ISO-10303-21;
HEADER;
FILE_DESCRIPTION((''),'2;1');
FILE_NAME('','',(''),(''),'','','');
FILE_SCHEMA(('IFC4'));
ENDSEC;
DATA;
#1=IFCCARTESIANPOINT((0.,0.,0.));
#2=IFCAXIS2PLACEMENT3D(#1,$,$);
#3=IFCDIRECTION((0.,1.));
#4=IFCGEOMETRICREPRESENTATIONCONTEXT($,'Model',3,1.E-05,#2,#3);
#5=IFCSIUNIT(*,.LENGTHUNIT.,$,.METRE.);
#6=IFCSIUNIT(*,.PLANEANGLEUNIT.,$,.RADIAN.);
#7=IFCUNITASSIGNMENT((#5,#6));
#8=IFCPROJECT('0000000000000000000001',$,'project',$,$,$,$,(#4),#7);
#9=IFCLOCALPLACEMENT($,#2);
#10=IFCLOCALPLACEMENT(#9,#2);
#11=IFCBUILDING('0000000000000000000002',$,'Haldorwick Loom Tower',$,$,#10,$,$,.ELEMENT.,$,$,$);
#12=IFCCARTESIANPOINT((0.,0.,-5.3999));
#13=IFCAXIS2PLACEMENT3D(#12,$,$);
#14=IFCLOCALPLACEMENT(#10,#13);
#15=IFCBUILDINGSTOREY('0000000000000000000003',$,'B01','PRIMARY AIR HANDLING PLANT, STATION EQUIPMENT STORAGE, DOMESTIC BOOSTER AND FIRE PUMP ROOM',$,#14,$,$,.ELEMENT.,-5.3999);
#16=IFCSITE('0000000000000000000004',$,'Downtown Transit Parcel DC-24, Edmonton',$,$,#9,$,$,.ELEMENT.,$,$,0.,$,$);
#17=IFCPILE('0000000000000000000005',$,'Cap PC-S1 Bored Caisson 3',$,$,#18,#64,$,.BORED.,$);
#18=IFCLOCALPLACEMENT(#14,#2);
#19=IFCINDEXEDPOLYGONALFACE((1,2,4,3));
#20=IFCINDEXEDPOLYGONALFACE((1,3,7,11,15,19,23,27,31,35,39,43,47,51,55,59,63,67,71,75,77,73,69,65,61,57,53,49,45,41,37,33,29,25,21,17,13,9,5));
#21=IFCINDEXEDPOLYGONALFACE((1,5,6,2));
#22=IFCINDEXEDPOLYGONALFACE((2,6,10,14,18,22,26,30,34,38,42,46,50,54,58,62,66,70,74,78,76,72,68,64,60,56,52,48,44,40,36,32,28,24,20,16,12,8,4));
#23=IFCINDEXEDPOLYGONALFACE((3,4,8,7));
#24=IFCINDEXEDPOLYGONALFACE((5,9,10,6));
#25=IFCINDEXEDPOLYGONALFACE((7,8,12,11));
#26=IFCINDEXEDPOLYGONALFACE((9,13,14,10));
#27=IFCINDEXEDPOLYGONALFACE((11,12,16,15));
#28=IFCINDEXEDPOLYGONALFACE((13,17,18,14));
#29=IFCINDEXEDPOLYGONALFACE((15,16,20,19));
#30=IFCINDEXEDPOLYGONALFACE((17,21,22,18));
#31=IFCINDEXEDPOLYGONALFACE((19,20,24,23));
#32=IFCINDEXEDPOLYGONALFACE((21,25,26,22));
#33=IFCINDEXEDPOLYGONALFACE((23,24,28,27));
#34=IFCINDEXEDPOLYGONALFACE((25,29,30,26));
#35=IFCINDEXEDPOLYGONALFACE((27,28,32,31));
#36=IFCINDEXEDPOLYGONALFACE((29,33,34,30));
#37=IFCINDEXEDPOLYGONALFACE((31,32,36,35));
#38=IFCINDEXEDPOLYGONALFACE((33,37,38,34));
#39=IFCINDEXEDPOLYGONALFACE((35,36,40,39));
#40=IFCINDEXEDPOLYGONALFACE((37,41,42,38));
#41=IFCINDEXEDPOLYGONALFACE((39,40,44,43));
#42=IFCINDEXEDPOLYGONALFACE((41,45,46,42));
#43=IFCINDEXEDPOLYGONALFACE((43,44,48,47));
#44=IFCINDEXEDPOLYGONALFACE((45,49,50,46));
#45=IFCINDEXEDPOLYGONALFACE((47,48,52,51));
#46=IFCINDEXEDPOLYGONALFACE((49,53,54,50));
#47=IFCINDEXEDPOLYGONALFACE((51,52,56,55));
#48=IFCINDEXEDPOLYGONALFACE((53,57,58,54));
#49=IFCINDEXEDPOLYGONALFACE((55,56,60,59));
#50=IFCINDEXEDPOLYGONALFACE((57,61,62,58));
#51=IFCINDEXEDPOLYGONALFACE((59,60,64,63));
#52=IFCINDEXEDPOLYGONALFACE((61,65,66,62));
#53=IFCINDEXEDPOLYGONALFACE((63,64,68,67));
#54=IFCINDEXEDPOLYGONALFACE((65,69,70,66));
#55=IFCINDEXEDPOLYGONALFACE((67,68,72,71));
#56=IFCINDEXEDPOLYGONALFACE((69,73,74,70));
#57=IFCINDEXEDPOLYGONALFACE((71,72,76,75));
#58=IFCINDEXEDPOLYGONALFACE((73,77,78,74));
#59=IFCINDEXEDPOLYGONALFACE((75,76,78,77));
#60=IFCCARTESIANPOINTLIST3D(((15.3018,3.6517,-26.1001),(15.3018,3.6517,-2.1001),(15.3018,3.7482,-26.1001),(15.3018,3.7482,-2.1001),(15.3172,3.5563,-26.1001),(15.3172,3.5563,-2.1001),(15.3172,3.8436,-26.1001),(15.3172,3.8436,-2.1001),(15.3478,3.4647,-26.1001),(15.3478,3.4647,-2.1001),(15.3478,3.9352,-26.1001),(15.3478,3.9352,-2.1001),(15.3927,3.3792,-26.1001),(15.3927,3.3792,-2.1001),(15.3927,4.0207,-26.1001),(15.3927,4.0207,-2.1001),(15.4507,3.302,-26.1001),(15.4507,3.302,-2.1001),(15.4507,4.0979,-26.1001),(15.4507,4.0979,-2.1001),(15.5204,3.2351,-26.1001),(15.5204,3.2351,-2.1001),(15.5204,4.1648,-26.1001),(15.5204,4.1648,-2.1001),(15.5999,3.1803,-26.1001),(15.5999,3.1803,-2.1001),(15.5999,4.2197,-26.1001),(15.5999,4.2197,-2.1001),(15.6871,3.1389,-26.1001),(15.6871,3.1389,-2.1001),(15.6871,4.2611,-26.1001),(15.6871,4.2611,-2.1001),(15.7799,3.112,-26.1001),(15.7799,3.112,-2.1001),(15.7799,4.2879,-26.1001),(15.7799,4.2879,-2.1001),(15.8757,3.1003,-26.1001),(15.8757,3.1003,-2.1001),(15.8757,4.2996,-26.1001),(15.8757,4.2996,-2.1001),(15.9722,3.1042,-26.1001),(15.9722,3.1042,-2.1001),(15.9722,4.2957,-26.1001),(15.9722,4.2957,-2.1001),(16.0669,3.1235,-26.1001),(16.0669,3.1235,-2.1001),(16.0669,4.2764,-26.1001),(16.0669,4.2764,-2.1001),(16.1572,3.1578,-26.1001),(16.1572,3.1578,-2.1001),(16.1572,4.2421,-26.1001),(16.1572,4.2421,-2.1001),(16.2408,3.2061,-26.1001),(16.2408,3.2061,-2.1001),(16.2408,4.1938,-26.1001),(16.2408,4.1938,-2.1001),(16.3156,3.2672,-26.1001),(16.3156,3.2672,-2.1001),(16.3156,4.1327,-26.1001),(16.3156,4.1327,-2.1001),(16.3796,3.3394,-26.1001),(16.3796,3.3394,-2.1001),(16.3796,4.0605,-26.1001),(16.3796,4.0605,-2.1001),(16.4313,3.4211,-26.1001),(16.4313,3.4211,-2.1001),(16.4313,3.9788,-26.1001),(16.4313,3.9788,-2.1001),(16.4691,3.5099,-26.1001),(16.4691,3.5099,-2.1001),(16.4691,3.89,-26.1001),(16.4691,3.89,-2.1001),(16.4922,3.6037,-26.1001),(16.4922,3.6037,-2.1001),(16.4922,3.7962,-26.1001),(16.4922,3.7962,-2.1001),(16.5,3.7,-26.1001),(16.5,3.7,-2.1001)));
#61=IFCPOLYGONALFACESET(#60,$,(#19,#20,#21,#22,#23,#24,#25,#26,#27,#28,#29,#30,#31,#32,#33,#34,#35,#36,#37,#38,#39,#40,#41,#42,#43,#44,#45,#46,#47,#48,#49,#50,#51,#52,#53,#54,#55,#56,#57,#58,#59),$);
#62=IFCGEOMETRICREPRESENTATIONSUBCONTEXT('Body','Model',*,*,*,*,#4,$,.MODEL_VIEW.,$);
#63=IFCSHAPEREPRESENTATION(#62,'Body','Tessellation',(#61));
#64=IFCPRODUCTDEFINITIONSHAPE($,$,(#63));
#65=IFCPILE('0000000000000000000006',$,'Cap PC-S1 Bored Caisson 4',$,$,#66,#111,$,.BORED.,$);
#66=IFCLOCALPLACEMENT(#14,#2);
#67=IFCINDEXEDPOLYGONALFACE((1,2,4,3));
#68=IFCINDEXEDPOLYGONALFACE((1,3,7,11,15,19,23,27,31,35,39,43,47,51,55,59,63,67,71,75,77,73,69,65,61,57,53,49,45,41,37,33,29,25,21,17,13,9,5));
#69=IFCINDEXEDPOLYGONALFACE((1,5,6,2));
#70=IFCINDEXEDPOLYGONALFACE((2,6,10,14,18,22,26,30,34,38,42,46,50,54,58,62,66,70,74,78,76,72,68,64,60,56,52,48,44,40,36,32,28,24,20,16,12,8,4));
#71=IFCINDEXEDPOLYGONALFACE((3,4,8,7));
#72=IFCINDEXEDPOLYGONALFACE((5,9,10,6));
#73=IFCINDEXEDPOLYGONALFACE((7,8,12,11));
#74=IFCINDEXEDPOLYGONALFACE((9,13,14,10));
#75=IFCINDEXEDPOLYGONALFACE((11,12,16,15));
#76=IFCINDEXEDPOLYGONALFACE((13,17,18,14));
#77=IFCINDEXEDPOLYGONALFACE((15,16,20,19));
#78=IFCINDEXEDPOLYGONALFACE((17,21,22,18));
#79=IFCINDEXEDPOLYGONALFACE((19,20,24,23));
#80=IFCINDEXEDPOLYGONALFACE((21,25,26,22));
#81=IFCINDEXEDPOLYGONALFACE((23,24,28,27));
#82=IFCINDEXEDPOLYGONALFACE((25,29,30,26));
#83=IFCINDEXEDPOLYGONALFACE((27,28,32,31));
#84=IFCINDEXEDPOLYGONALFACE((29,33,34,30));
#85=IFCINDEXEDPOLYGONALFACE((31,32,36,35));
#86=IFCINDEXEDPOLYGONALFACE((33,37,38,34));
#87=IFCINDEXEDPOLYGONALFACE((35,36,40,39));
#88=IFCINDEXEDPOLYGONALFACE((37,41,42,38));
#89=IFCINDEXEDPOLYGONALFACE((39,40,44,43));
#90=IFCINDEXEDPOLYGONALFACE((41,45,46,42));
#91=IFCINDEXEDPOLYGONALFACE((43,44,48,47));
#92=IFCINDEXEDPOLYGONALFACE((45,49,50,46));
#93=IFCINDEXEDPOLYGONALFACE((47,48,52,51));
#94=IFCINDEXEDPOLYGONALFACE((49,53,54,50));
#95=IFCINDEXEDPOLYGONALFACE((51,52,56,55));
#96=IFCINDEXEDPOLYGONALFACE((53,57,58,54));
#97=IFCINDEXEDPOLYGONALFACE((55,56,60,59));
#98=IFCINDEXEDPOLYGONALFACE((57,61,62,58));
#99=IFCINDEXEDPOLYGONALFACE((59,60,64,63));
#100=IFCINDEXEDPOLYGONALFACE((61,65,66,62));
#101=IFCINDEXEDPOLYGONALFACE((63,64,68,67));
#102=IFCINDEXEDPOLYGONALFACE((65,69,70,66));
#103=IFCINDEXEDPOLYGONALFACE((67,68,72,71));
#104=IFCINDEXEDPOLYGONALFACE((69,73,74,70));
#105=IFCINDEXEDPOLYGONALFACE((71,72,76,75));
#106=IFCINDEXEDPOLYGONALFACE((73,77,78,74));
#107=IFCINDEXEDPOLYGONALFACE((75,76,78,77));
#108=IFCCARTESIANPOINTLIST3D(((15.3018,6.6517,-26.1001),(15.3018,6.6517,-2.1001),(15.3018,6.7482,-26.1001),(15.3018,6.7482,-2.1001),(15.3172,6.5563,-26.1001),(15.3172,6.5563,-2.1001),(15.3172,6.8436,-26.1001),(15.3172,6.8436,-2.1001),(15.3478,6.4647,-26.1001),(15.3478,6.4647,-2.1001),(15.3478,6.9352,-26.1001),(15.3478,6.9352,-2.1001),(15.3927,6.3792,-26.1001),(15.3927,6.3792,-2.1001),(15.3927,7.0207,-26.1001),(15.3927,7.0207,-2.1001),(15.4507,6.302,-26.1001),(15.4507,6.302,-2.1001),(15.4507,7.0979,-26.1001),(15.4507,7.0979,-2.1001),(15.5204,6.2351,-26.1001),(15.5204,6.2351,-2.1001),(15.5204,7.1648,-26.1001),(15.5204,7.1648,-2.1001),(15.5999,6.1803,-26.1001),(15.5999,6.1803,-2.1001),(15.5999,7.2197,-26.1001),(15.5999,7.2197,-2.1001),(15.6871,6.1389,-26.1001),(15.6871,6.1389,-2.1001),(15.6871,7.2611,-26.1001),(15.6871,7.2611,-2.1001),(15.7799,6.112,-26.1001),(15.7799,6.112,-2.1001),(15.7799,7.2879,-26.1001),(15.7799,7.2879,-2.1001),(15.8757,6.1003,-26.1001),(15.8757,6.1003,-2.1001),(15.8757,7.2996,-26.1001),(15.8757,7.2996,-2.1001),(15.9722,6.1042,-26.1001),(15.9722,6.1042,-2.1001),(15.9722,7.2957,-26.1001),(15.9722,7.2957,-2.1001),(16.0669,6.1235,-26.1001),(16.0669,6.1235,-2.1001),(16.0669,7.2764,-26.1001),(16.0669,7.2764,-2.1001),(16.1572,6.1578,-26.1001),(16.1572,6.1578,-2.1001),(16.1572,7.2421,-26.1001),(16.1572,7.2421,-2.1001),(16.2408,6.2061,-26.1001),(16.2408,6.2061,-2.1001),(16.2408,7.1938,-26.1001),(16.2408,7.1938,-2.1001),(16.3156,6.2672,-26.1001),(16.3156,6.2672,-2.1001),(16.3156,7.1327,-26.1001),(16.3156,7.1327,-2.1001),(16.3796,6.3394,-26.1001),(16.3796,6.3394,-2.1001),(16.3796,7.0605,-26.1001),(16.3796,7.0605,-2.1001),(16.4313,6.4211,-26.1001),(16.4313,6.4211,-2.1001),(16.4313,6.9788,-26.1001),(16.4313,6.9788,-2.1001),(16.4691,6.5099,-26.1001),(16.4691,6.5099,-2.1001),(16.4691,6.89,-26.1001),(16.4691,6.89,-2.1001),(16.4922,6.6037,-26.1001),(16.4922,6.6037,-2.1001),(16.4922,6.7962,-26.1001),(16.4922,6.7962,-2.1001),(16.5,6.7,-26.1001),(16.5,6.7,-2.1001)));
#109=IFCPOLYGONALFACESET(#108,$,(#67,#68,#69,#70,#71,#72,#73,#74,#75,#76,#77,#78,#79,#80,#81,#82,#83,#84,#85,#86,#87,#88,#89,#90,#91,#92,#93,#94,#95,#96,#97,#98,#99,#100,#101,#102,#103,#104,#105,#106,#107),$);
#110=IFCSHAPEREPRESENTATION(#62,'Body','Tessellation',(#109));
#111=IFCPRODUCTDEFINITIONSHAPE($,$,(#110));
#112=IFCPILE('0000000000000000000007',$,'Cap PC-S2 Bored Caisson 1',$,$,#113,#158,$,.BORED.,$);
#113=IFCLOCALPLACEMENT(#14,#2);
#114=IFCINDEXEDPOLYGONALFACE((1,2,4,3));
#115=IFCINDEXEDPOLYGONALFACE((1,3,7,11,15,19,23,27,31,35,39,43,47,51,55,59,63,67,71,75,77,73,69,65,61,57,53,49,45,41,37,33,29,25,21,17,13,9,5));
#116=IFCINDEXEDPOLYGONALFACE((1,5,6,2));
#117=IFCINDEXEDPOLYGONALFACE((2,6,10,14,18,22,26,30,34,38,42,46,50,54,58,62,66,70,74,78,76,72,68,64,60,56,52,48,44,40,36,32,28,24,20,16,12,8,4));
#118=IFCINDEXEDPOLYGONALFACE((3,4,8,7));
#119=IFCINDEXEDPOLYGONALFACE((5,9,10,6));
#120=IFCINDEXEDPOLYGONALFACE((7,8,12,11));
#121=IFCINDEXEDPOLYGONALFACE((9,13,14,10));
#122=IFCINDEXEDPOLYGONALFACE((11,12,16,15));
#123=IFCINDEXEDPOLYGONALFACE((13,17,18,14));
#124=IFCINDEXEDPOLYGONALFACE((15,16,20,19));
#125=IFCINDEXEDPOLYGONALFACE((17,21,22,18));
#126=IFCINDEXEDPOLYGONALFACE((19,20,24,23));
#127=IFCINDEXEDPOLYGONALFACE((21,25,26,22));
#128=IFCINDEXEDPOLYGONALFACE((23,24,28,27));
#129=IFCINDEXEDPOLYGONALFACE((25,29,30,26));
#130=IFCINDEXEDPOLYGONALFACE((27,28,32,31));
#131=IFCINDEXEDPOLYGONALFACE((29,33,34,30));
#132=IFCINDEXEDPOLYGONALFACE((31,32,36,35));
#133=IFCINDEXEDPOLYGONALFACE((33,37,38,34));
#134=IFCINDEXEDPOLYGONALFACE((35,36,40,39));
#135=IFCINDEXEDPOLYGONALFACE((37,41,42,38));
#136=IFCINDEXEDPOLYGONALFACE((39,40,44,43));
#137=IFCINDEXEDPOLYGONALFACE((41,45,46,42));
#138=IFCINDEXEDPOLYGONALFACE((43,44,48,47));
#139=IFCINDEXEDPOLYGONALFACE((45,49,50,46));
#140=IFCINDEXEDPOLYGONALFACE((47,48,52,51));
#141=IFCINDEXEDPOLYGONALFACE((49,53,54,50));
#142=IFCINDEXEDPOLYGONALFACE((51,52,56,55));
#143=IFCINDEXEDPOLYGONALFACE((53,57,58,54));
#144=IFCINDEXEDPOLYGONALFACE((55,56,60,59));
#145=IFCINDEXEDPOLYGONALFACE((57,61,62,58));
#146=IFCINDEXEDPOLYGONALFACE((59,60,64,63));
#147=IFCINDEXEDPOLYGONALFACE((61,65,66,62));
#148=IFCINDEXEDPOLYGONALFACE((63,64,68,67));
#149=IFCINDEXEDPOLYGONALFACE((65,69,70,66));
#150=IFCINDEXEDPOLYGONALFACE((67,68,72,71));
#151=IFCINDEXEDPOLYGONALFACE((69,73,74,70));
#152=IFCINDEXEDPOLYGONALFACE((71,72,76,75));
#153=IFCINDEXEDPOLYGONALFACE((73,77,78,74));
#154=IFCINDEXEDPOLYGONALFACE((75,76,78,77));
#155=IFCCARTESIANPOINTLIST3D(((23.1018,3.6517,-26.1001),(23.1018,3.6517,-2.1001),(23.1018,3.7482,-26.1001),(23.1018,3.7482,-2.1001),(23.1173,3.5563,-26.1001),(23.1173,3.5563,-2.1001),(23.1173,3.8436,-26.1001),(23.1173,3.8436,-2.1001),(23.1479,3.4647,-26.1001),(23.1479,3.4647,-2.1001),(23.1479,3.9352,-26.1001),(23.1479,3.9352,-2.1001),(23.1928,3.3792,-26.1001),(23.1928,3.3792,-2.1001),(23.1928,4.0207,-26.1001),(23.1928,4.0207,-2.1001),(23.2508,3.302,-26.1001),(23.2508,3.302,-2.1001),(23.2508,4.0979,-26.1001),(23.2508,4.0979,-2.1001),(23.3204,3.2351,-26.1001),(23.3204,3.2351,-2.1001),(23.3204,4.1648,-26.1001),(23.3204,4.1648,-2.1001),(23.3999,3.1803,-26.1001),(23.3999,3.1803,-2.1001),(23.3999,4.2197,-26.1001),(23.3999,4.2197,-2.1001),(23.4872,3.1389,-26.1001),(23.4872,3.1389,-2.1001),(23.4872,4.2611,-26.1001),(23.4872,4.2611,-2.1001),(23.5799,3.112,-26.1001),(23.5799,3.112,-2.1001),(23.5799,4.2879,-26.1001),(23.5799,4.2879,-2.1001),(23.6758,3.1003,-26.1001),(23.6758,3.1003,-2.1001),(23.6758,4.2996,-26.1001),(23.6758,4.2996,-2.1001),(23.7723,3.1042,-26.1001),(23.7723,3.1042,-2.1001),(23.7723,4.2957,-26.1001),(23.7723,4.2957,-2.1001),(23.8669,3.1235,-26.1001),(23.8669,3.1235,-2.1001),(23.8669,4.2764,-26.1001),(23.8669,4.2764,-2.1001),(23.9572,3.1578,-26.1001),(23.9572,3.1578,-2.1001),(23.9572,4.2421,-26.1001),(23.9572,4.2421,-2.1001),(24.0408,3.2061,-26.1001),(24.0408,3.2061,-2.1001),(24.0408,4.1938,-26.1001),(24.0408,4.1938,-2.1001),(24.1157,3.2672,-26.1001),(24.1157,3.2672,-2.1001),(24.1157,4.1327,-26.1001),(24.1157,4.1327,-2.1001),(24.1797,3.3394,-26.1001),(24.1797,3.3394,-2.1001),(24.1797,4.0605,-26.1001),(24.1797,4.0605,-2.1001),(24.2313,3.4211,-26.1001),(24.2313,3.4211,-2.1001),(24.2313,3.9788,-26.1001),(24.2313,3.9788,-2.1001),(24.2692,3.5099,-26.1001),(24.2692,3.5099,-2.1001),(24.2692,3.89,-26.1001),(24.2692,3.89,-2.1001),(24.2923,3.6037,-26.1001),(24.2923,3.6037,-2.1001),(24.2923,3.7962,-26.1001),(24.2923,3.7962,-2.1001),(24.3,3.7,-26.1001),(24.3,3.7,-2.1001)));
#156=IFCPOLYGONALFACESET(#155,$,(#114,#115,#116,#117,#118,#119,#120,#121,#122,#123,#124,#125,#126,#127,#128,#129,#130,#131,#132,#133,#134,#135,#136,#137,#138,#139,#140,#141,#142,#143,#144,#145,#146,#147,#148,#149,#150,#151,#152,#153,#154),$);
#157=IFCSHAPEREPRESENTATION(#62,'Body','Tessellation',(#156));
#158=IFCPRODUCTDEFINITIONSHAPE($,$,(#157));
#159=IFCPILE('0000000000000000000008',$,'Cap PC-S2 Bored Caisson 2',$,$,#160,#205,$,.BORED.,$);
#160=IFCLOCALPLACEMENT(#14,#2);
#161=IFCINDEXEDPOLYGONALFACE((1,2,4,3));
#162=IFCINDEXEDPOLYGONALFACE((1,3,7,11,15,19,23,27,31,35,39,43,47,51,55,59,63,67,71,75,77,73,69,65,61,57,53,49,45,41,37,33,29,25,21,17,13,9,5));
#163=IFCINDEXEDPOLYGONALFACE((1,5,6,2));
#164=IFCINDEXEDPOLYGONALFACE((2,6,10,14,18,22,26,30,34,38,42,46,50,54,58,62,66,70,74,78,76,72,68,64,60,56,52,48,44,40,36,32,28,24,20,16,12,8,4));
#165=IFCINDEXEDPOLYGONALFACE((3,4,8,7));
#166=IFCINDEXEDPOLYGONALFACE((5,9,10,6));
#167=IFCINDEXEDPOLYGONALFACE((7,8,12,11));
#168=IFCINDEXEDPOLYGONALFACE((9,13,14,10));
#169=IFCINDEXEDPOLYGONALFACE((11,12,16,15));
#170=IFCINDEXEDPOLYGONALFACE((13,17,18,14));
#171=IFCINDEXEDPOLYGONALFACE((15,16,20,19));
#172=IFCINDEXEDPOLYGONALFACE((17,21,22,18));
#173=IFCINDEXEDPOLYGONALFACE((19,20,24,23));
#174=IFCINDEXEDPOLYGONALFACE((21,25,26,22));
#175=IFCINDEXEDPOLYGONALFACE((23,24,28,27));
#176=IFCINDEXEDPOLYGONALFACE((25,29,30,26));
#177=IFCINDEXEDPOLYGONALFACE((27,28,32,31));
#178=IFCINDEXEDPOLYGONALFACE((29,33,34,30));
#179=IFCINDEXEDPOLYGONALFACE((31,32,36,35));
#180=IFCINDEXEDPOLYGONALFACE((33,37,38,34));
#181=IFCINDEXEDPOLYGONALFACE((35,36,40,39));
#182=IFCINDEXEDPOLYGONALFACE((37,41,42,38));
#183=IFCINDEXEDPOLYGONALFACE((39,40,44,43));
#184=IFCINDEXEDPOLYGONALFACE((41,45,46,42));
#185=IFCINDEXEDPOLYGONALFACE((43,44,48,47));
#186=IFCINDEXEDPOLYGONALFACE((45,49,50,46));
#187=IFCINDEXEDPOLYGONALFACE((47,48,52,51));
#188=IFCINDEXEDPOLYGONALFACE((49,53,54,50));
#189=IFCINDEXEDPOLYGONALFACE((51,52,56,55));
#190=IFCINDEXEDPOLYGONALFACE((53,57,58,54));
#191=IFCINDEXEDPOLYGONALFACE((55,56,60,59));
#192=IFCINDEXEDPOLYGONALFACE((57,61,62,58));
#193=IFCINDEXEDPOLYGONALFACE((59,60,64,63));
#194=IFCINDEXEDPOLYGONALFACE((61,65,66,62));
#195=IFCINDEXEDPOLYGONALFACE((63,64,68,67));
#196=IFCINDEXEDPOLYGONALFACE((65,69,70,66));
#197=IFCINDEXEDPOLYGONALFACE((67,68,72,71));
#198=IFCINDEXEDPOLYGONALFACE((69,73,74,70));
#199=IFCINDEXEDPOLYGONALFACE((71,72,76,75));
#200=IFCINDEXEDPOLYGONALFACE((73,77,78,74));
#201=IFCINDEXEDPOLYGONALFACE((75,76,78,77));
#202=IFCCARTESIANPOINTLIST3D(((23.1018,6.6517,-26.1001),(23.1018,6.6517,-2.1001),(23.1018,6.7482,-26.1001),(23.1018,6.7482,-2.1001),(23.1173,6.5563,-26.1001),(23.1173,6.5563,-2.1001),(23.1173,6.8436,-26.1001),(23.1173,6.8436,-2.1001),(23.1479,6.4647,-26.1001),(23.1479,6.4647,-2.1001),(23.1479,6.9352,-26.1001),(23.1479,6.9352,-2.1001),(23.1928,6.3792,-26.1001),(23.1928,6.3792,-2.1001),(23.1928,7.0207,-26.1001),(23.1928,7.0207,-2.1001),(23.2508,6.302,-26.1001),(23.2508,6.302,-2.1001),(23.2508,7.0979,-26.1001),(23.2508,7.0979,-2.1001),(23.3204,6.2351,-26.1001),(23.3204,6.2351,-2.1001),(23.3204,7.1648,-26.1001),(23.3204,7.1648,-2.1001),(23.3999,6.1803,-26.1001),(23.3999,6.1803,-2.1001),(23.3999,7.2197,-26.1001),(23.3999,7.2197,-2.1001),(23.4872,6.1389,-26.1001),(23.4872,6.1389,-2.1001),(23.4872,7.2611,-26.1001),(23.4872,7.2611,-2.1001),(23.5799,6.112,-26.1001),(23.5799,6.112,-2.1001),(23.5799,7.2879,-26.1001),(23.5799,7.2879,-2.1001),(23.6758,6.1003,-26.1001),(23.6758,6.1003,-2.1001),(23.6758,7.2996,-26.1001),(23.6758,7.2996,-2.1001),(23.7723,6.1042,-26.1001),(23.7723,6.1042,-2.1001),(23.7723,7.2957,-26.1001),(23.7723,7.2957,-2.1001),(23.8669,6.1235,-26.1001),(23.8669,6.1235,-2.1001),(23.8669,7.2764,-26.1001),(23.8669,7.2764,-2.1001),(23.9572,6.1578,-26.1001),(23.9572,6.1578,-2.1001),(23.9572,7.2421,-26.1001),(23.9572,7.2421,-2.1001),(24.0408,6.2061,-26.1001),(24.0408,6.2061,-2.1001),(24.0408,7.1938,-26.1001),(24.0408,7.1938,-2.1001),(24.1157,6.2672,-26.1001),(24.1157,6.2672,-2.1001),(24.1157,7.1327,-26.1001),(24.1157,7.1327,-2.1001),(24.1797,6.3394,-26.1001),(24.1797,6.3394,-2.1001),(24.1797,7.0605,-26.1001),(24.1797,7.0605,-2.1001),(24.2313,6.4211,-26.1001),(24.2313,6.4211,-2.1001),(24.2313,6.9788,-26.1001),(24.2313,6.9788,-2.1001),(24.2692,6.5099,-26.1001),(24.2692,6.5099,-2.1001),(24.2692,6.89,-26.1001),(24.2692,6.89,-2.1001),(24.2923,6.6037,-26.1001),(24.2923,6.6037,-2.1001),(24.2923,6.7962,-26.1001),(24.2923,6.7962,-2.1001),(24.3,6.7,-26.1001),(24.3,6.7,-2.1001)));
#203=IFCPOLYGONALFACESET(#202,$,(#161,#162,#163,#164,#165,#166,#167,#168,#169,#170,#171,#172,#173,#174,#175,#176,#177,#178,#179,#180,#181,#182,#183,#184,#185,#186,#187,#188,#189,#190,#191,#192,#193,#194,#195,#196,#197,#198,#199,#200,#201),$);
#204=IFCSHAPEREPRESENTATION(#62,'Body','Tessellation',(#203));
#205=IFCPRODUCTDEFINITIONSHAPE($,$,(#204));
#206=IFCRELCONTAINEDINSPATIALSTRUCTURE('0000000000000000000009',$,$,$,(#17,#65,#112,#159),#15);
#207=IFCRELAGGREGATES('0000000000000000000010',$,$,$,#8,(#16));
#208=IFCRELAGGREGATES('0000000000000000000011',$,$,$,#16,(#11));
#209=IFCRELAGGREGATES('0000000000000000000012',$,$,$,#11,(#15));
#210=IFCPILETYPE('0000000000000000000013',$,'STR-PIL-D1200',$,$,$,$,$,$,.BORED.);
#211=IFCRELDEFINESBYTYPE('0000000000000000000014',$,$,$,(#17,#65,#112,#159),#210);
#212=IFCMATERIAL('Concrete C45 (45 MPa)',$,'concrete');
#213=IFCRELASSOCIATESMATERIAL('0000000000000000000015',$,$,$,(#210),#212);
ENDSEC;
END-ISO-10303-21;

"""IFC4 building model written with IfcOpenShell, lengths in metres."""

from ifc_helpers import new_model, si_unit, direction, frame, origin, origin_2d, place, context, subcontext, project, spatial, circle, extrude, material, material_profile, profile_set, type_object, element, save


model = new_model("IFC4")

# Units and contexts
model_context = context("Model", 3, precision=1e-05, world=origin(), true_north=direction((0.0, 1.0)))
body_context = subcontext(model_context, "Body", "Model", "MODEL_VIEW")
ifc_project = project(units=[si_unit("LENGTHUNIT", "METRE"), si_unit("PLANEANGLEUNIT", "RADIAN")], contexts=[model_context])

# Site, building, storey
site_placement = place(None, origin())
site = spatial("IfcSite", under=ifc_project, at=site_placement, Name="Downtown Transit Parcel DC-24, Edmonton", CompositionType="ELEMENT", RefElevation=0.0)
building_placement = place(site_placement, origin())
building = spatial("IfcBuilding", under=site, at=building_placement, Name="Haldorwick Loom Tower", CompositionType="ELEMENT")
storey_placement = place(building_placement, frame((0.0, 0.0, -5.3999)))
storey = spatial("IfcBuildingStorey", under=building, at=storey_placement, Name="B01", Description="PRIMARY AIR HANDLING PLANT, STATION EQUIPMENT STORAGE, DOMESTIC BOOSTER AND FIRE PUMP ROOM", CompositionType="ELEMENT", Elevation=-5.3999)

# Shared definitions
ifc_material_1 = material(Name="Concrete C45 (45 MPa)", Category="concrete")

# Piles
ifc_material_profile_1 = material_profile(ifc_material_1, circle(Radius=0.6001, at=origin_2d()), Name="CAISSON_D1200", Category="concrete")
ifc_profile_set_1 = profile_set([ifc_material_profile_1], Name="Concrete C45 (45 MPa)")
pile_type = type_object("IfcPileType", Name="STR-PIL-D1200", PredefinedType="BORED", material=ifc_profile_set_1)
for number, where, z_axis, x_axis, name in (
    (1, (15.8999, 3.7, -2.1001), (0.0, 0.0, -1.0), (1.0, 0.0, 0.0), "Cap PC-S1 Bored Caisson 3"),
    (2, (15.8999, 6.7, -2.1001), (0.0, 0.0, -1.0), (1.0, 0.0, 0.0), "Cap PC-S1 Bored Caisson 4"),
    (3, (23.7, 3.7, -2.1001), (0.0, 0.0, -1.0), (1.0, 0.0, 0.0), "Cap PC-S2 Bored Caisson 1"),
    (4, (23.7, 6.7, -2.1001), (0.0, 0.0, -1.0), (1.0, 0.0, 0.0), "Cap PC-S2 Bored Caisson 2"),
):
    element("IfcPile", number, at=place(storey_placement, frame(where, z_axis=z_axis, x_axis=x_axis)), inside=storey, type_object=pile_type, Name=name, PredefinedType="BORED", context=body_context, shape_type="SweptSolid", body=[
        extrude(circle(Radius=0.6001, at=origin_2d()), origin(), (0.0, 0.0, 1.0), 24.0),
    ])

save(model, "model.ifc")
